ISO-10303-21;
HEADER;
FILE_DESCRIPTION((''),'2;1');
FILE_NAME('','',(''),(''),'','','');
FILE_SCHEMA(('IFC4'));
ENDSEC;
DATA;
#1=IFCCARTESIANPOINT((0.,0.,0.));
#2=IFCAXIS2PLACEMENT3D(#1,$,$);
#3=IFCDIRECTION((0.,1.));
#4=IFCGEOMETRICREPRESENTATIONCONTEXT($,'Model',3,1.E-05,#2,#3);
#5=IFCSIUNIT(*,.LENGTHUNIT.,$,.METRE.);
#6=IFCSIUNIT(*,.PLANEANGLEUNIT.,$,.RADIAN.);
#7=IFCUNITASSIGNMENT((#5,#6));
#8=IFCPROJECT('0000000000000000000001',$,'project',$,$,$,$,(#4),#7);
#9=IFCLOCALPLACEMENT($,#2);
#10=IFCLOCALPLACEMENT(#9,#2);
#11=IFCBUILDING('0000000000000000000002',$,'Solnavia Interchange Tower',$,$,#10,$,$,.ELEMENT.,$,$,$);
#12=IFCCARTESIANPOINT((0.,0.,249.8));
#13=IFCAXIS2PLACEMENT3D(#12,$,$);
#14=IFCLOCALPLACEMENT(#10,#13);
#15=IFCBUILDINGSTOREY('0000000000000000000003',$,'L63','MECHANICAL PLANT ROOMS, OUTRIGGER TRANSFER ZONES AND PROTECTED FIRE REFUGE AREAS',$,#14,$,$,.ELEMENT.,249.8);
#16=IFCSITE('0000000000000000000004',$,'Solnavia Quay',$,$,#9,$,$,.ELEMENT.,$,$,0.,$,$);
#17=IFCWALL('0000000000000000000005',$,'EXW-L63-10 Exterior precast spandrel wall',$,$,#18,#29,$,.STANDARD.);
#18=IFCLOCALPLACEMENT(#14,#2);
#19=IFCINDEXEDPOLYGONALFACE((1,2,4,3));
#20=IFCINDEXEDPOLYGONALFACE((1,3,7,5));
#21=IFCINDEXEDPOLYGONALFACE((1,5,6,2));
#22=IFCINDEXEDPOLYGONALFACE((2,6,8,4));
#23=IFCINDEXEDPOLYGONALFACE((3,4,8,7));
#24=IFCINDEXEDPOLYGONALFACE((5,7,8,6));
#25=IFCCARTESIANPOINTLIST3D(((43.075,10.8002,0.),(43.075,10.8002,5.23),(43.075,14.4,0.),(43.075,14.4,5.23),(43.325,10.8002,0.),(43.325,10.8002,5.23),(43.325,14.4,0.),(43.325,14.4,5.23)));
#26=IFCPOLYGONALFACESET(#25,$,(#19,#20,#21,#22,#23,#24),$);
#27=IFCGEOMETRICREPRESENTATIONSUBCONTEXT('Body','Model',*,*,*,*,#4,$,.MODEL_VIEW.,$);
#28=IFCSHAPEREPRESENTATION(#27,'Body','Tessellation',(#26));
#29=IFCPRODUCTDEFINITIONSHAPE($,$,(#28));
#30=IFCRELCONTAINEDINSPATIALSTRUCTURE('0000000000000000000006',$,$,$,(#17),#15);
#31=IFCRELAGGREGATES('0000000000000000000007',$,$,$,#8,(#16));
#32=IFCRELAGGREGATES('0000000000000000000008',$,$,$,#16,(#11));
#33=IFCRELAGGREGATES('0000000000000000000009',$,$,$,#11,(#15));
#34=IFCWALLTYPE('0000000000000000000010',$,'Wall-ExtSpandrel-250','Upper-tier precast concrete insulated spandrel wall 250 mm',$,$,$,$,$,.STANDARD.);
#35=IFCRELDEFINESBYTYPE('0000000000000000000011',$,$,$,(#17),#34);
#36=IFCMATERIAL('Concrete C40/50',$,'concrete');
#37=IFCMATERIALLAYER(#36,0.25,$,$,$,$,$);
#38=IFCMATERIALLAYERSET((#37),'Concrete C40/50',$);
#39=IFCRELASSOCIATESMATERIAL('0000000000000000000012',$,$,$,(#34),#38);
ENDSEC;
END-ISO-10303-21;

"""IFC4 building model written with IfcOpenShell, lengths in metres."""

from ifc_helpers import new_model, si_unit, direction, frame, frame_2d, origin, place, context, subcontext, project, spatial, rectangle, extrude, material, layer, layer_set, type_object, element, save


model = new_model("IFC4")

# Units and contexts
model_context = context("Model", 3, precision=1e-05, world=origin(), true_north=direction((0.0, 1.0)))
body_context = subcontext(model_context, "Body", "Model", "MODEL_VIEW")
ifc_project = project(units=[si_unit("LENGTHUNIT", "METRE"), si_unit("PLANEANGLEUNIT", "RADIAN")], contexts=[model_context])

# Site, building, storey
site_placement = place(None, origin())
site = spatial("IfcSite", under=ifc_project, at=site_placement, Name="Solnavia Quay", CompositionType="ELEMENT", RefElevation=0.0)
building_placement = place(site_placement, origin())
building = spatial("IfcBuilding", under=site, at=building_placement, Name="Solnavia Interchange Tower", CompositionType="ELEMENT")
storey_placement = place(building_placement, frame((0.0, 0.0, 249.8)))
storey = spatial("IfcBuildingStorey", under=building, at=storey_placement, Name="L63", Description="MECHANICAL PLANT ROOMS, OUTRIGGER TRANSFER ZONES AND PROTECTED FIRE REFUGE AREAS", CompositionType="ELEMENT", Elevation=249.8)

# Wall
ifc_material_1 = material(Name="Concrete C40/50", Category="concrete")
ifc_layer_1 = layer(ifc_material_1, 0.25)
ifc_layer_set_1 = layer_set([ifc_layer_1], Name="Concrete C40/50")
wall_type = type_object("IfcWallType", Name="Wall-ExtSpandrel-250", Description="Upper-tier precast concrete insulated spandrel wall 250 mm", PredefinedType="STANDARD", material=ifc_layer_set_1)
wall_placement = place(storey_placement, frame((43.2, 14.3999, 0.0), z_axis=(0.0, 0.0, 1.0), x_axis=(0.0, -1.0, 0.0)))
element("IfcWall", 1, at=wall_placement, inside=storey, type_object=wall_type, Name="EXW-L63-10 Exterior precast spandrel wall", PredefinedType="STANDARD", context=body_context, shape_type="SweptSolid", body=[
    extrude(rectangle(XDim=3.5999, YDim=0.25, at=frame_2d((1.7998, 0.0))), origin(), (0.0, 0.0, 1.0), 5.23),
])

save(model, "model.ifc")
